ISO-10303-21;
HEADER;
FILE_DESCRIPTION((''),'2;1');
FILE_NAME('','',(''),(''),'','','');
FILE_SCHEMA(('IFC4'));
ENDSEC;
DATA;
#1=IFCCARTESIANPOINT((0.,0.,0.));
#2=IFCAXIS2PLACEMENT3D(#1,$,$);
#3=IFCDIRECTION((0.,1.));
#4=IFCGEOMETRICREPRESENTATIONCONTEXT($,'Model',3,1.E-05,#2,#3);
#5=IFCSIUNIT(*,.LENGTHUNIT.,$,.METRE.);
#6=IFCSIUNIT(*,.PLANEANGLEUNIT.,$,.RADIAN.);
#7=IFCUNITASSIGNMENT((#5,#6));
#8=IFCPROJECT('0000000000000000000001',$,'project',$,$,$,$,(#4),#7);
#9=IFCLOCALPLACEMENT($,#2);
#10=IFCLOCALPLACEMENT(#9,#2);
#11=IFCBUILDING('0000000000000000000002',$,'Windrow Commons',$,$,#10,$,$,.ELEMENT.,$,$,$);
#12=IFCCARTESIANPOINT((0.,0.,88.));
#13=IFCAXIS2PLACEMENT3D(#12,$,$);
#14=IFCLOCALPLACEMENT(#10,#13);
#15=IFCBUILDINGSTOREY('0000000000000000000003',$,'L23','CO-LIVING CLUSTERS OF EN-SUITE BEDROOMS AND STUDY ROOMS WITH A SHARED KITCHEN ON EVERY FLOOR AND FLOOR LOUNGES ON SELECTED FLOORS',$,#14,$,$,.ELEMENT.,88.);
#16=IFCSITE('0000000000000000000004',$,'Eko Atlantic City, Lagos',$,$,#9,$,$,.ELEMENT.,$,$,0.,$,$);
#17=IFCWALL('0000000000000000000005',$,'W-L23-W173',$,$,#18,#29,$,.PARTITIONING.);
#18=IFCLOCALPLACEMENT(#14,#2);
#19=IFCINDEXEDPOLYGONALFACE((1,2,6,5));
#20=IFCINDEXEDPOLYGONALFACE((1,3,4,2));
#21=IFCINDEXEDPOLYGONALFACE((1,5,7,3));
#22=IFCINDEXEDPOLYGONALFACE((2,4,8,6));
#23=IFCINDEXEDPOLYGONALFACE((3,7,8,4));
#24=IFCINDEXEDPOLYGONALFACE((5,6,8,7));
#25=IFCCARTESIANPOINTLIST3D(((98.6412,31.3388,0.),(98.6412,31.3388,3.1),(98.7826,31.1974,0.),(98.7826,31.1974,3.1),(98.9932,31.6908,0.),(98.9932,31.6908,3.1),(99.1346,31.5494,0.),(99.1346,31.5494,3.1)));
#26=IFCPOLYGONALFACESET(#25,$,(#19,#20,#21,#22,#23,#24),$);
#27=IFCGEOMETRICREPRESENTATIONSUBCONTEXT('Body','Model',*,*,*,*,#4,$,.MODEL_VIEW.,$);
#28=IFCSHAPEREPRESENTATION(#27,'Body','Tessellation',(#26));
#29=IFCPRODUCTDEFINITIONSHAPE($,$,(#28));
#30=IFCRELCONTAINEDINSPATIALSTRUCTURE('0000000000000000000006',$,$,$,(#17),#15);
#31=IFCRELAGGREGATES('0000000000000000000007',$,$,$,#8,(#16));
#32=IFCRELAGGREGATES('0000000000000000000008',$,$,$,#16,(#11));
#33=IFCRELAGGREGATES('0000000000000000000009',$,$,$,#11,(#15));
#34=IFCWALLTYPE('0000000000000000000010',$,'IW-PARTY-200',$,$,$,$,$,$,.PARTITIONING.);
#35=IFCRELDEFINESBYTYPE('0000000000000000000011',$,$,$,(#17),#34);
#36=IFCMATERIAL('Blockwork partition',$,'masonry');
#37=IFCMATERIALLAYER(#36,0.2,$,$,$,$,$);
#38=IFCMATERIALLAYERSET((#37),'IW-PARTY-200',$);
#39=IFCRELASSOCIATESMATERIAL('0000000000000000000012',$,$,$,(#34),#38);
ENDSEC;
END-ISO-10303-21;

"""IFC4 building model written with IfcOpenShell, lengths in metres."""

from ifc_helpers import new_model, si_unit, direction, frame, frame_2d, origin, place, context, subcontext, project, spatial, rectangle, extrude, material, layer, layer_set, type_object, element, save


model = new_model("IFC4")

# Units and contexts
model_context = context("Model", 3, precision=1e-05, world=origin(), true_north=direction((0.0, 1.0)))
body_context = subcontext(model_context, "Body", "Model", "MODEL_VIEW")
ifc_project = project(units=[si_unit("LENGTHUNIT", "METRE"), si_unit("PLANEANGLEUNIT", "RADIAN")], contexts=[model_context])

# Site, building, storey
site_placement = place(None, origin())
site = spatial("IfcSite", under=ifc_project, at=site_placement, Name="Eko Atlantic City, Lagos", CompositionType="ELEMENT", RefElevation=0.0)
building_placement = place(site_placement, origin())
building = spatial("IfcBuilding", under=site, at=building_placement, Name="Windrow Commons", CompositionType="ELEMENT")
storey_placement = place(building_placement, frame((0.0, 0.0, 88.0)))
storey = spatial("IfcBuildingStorey", under=building, at=storey_placement, Name="L23", Description="CO-LIVING CLUSTERS OF EN-SUITE BEDROOMS AND STUDY ROOMS WITH A SHARED KITCHEN ON EVERY FLOOR AND FLOOR LOUNGES ON SELECTED FLOORS", CompositionType="ELEMENT", Elevation=88.0)

# Wall
ifc_material_1 = material(Name="Blockwork partition", Category="masonry")
ifc_layer_1 = layer(ifc_material_1, 0.2)
ifc_layer_set_1 = layer_set([ifc_layer_1], Name="IW-PARTY-200")
wall_type_1 = type_object("IfcWallType", Name="IW-PARTY-200", PredefinedType="PARTITIONING", material=ifc_layer_set_1)
wall_1_placement = place(storey_placement, frame((98.7119, 31.2681, 0.0), z_axis=(0.0, 0.0, 1.0), x_axis=(0.707107, 0.707107, 0.0)))
element("IfcWall", 1, at=wall_1_placement, inside=storey, type_object=wall_type_1, Name="W-L23-W173", PredefinedType="PARTITIONING", context=body_context, shape_type="SweptSolid", body=[
    extrude(rectangle(XDim=0.4978, YDim=0.2, at=frame_2d((0.2489, 0.0))), origin(), (0.0, 0.0, 1.0), 3.1),
])

save(model, "model.ifc")
